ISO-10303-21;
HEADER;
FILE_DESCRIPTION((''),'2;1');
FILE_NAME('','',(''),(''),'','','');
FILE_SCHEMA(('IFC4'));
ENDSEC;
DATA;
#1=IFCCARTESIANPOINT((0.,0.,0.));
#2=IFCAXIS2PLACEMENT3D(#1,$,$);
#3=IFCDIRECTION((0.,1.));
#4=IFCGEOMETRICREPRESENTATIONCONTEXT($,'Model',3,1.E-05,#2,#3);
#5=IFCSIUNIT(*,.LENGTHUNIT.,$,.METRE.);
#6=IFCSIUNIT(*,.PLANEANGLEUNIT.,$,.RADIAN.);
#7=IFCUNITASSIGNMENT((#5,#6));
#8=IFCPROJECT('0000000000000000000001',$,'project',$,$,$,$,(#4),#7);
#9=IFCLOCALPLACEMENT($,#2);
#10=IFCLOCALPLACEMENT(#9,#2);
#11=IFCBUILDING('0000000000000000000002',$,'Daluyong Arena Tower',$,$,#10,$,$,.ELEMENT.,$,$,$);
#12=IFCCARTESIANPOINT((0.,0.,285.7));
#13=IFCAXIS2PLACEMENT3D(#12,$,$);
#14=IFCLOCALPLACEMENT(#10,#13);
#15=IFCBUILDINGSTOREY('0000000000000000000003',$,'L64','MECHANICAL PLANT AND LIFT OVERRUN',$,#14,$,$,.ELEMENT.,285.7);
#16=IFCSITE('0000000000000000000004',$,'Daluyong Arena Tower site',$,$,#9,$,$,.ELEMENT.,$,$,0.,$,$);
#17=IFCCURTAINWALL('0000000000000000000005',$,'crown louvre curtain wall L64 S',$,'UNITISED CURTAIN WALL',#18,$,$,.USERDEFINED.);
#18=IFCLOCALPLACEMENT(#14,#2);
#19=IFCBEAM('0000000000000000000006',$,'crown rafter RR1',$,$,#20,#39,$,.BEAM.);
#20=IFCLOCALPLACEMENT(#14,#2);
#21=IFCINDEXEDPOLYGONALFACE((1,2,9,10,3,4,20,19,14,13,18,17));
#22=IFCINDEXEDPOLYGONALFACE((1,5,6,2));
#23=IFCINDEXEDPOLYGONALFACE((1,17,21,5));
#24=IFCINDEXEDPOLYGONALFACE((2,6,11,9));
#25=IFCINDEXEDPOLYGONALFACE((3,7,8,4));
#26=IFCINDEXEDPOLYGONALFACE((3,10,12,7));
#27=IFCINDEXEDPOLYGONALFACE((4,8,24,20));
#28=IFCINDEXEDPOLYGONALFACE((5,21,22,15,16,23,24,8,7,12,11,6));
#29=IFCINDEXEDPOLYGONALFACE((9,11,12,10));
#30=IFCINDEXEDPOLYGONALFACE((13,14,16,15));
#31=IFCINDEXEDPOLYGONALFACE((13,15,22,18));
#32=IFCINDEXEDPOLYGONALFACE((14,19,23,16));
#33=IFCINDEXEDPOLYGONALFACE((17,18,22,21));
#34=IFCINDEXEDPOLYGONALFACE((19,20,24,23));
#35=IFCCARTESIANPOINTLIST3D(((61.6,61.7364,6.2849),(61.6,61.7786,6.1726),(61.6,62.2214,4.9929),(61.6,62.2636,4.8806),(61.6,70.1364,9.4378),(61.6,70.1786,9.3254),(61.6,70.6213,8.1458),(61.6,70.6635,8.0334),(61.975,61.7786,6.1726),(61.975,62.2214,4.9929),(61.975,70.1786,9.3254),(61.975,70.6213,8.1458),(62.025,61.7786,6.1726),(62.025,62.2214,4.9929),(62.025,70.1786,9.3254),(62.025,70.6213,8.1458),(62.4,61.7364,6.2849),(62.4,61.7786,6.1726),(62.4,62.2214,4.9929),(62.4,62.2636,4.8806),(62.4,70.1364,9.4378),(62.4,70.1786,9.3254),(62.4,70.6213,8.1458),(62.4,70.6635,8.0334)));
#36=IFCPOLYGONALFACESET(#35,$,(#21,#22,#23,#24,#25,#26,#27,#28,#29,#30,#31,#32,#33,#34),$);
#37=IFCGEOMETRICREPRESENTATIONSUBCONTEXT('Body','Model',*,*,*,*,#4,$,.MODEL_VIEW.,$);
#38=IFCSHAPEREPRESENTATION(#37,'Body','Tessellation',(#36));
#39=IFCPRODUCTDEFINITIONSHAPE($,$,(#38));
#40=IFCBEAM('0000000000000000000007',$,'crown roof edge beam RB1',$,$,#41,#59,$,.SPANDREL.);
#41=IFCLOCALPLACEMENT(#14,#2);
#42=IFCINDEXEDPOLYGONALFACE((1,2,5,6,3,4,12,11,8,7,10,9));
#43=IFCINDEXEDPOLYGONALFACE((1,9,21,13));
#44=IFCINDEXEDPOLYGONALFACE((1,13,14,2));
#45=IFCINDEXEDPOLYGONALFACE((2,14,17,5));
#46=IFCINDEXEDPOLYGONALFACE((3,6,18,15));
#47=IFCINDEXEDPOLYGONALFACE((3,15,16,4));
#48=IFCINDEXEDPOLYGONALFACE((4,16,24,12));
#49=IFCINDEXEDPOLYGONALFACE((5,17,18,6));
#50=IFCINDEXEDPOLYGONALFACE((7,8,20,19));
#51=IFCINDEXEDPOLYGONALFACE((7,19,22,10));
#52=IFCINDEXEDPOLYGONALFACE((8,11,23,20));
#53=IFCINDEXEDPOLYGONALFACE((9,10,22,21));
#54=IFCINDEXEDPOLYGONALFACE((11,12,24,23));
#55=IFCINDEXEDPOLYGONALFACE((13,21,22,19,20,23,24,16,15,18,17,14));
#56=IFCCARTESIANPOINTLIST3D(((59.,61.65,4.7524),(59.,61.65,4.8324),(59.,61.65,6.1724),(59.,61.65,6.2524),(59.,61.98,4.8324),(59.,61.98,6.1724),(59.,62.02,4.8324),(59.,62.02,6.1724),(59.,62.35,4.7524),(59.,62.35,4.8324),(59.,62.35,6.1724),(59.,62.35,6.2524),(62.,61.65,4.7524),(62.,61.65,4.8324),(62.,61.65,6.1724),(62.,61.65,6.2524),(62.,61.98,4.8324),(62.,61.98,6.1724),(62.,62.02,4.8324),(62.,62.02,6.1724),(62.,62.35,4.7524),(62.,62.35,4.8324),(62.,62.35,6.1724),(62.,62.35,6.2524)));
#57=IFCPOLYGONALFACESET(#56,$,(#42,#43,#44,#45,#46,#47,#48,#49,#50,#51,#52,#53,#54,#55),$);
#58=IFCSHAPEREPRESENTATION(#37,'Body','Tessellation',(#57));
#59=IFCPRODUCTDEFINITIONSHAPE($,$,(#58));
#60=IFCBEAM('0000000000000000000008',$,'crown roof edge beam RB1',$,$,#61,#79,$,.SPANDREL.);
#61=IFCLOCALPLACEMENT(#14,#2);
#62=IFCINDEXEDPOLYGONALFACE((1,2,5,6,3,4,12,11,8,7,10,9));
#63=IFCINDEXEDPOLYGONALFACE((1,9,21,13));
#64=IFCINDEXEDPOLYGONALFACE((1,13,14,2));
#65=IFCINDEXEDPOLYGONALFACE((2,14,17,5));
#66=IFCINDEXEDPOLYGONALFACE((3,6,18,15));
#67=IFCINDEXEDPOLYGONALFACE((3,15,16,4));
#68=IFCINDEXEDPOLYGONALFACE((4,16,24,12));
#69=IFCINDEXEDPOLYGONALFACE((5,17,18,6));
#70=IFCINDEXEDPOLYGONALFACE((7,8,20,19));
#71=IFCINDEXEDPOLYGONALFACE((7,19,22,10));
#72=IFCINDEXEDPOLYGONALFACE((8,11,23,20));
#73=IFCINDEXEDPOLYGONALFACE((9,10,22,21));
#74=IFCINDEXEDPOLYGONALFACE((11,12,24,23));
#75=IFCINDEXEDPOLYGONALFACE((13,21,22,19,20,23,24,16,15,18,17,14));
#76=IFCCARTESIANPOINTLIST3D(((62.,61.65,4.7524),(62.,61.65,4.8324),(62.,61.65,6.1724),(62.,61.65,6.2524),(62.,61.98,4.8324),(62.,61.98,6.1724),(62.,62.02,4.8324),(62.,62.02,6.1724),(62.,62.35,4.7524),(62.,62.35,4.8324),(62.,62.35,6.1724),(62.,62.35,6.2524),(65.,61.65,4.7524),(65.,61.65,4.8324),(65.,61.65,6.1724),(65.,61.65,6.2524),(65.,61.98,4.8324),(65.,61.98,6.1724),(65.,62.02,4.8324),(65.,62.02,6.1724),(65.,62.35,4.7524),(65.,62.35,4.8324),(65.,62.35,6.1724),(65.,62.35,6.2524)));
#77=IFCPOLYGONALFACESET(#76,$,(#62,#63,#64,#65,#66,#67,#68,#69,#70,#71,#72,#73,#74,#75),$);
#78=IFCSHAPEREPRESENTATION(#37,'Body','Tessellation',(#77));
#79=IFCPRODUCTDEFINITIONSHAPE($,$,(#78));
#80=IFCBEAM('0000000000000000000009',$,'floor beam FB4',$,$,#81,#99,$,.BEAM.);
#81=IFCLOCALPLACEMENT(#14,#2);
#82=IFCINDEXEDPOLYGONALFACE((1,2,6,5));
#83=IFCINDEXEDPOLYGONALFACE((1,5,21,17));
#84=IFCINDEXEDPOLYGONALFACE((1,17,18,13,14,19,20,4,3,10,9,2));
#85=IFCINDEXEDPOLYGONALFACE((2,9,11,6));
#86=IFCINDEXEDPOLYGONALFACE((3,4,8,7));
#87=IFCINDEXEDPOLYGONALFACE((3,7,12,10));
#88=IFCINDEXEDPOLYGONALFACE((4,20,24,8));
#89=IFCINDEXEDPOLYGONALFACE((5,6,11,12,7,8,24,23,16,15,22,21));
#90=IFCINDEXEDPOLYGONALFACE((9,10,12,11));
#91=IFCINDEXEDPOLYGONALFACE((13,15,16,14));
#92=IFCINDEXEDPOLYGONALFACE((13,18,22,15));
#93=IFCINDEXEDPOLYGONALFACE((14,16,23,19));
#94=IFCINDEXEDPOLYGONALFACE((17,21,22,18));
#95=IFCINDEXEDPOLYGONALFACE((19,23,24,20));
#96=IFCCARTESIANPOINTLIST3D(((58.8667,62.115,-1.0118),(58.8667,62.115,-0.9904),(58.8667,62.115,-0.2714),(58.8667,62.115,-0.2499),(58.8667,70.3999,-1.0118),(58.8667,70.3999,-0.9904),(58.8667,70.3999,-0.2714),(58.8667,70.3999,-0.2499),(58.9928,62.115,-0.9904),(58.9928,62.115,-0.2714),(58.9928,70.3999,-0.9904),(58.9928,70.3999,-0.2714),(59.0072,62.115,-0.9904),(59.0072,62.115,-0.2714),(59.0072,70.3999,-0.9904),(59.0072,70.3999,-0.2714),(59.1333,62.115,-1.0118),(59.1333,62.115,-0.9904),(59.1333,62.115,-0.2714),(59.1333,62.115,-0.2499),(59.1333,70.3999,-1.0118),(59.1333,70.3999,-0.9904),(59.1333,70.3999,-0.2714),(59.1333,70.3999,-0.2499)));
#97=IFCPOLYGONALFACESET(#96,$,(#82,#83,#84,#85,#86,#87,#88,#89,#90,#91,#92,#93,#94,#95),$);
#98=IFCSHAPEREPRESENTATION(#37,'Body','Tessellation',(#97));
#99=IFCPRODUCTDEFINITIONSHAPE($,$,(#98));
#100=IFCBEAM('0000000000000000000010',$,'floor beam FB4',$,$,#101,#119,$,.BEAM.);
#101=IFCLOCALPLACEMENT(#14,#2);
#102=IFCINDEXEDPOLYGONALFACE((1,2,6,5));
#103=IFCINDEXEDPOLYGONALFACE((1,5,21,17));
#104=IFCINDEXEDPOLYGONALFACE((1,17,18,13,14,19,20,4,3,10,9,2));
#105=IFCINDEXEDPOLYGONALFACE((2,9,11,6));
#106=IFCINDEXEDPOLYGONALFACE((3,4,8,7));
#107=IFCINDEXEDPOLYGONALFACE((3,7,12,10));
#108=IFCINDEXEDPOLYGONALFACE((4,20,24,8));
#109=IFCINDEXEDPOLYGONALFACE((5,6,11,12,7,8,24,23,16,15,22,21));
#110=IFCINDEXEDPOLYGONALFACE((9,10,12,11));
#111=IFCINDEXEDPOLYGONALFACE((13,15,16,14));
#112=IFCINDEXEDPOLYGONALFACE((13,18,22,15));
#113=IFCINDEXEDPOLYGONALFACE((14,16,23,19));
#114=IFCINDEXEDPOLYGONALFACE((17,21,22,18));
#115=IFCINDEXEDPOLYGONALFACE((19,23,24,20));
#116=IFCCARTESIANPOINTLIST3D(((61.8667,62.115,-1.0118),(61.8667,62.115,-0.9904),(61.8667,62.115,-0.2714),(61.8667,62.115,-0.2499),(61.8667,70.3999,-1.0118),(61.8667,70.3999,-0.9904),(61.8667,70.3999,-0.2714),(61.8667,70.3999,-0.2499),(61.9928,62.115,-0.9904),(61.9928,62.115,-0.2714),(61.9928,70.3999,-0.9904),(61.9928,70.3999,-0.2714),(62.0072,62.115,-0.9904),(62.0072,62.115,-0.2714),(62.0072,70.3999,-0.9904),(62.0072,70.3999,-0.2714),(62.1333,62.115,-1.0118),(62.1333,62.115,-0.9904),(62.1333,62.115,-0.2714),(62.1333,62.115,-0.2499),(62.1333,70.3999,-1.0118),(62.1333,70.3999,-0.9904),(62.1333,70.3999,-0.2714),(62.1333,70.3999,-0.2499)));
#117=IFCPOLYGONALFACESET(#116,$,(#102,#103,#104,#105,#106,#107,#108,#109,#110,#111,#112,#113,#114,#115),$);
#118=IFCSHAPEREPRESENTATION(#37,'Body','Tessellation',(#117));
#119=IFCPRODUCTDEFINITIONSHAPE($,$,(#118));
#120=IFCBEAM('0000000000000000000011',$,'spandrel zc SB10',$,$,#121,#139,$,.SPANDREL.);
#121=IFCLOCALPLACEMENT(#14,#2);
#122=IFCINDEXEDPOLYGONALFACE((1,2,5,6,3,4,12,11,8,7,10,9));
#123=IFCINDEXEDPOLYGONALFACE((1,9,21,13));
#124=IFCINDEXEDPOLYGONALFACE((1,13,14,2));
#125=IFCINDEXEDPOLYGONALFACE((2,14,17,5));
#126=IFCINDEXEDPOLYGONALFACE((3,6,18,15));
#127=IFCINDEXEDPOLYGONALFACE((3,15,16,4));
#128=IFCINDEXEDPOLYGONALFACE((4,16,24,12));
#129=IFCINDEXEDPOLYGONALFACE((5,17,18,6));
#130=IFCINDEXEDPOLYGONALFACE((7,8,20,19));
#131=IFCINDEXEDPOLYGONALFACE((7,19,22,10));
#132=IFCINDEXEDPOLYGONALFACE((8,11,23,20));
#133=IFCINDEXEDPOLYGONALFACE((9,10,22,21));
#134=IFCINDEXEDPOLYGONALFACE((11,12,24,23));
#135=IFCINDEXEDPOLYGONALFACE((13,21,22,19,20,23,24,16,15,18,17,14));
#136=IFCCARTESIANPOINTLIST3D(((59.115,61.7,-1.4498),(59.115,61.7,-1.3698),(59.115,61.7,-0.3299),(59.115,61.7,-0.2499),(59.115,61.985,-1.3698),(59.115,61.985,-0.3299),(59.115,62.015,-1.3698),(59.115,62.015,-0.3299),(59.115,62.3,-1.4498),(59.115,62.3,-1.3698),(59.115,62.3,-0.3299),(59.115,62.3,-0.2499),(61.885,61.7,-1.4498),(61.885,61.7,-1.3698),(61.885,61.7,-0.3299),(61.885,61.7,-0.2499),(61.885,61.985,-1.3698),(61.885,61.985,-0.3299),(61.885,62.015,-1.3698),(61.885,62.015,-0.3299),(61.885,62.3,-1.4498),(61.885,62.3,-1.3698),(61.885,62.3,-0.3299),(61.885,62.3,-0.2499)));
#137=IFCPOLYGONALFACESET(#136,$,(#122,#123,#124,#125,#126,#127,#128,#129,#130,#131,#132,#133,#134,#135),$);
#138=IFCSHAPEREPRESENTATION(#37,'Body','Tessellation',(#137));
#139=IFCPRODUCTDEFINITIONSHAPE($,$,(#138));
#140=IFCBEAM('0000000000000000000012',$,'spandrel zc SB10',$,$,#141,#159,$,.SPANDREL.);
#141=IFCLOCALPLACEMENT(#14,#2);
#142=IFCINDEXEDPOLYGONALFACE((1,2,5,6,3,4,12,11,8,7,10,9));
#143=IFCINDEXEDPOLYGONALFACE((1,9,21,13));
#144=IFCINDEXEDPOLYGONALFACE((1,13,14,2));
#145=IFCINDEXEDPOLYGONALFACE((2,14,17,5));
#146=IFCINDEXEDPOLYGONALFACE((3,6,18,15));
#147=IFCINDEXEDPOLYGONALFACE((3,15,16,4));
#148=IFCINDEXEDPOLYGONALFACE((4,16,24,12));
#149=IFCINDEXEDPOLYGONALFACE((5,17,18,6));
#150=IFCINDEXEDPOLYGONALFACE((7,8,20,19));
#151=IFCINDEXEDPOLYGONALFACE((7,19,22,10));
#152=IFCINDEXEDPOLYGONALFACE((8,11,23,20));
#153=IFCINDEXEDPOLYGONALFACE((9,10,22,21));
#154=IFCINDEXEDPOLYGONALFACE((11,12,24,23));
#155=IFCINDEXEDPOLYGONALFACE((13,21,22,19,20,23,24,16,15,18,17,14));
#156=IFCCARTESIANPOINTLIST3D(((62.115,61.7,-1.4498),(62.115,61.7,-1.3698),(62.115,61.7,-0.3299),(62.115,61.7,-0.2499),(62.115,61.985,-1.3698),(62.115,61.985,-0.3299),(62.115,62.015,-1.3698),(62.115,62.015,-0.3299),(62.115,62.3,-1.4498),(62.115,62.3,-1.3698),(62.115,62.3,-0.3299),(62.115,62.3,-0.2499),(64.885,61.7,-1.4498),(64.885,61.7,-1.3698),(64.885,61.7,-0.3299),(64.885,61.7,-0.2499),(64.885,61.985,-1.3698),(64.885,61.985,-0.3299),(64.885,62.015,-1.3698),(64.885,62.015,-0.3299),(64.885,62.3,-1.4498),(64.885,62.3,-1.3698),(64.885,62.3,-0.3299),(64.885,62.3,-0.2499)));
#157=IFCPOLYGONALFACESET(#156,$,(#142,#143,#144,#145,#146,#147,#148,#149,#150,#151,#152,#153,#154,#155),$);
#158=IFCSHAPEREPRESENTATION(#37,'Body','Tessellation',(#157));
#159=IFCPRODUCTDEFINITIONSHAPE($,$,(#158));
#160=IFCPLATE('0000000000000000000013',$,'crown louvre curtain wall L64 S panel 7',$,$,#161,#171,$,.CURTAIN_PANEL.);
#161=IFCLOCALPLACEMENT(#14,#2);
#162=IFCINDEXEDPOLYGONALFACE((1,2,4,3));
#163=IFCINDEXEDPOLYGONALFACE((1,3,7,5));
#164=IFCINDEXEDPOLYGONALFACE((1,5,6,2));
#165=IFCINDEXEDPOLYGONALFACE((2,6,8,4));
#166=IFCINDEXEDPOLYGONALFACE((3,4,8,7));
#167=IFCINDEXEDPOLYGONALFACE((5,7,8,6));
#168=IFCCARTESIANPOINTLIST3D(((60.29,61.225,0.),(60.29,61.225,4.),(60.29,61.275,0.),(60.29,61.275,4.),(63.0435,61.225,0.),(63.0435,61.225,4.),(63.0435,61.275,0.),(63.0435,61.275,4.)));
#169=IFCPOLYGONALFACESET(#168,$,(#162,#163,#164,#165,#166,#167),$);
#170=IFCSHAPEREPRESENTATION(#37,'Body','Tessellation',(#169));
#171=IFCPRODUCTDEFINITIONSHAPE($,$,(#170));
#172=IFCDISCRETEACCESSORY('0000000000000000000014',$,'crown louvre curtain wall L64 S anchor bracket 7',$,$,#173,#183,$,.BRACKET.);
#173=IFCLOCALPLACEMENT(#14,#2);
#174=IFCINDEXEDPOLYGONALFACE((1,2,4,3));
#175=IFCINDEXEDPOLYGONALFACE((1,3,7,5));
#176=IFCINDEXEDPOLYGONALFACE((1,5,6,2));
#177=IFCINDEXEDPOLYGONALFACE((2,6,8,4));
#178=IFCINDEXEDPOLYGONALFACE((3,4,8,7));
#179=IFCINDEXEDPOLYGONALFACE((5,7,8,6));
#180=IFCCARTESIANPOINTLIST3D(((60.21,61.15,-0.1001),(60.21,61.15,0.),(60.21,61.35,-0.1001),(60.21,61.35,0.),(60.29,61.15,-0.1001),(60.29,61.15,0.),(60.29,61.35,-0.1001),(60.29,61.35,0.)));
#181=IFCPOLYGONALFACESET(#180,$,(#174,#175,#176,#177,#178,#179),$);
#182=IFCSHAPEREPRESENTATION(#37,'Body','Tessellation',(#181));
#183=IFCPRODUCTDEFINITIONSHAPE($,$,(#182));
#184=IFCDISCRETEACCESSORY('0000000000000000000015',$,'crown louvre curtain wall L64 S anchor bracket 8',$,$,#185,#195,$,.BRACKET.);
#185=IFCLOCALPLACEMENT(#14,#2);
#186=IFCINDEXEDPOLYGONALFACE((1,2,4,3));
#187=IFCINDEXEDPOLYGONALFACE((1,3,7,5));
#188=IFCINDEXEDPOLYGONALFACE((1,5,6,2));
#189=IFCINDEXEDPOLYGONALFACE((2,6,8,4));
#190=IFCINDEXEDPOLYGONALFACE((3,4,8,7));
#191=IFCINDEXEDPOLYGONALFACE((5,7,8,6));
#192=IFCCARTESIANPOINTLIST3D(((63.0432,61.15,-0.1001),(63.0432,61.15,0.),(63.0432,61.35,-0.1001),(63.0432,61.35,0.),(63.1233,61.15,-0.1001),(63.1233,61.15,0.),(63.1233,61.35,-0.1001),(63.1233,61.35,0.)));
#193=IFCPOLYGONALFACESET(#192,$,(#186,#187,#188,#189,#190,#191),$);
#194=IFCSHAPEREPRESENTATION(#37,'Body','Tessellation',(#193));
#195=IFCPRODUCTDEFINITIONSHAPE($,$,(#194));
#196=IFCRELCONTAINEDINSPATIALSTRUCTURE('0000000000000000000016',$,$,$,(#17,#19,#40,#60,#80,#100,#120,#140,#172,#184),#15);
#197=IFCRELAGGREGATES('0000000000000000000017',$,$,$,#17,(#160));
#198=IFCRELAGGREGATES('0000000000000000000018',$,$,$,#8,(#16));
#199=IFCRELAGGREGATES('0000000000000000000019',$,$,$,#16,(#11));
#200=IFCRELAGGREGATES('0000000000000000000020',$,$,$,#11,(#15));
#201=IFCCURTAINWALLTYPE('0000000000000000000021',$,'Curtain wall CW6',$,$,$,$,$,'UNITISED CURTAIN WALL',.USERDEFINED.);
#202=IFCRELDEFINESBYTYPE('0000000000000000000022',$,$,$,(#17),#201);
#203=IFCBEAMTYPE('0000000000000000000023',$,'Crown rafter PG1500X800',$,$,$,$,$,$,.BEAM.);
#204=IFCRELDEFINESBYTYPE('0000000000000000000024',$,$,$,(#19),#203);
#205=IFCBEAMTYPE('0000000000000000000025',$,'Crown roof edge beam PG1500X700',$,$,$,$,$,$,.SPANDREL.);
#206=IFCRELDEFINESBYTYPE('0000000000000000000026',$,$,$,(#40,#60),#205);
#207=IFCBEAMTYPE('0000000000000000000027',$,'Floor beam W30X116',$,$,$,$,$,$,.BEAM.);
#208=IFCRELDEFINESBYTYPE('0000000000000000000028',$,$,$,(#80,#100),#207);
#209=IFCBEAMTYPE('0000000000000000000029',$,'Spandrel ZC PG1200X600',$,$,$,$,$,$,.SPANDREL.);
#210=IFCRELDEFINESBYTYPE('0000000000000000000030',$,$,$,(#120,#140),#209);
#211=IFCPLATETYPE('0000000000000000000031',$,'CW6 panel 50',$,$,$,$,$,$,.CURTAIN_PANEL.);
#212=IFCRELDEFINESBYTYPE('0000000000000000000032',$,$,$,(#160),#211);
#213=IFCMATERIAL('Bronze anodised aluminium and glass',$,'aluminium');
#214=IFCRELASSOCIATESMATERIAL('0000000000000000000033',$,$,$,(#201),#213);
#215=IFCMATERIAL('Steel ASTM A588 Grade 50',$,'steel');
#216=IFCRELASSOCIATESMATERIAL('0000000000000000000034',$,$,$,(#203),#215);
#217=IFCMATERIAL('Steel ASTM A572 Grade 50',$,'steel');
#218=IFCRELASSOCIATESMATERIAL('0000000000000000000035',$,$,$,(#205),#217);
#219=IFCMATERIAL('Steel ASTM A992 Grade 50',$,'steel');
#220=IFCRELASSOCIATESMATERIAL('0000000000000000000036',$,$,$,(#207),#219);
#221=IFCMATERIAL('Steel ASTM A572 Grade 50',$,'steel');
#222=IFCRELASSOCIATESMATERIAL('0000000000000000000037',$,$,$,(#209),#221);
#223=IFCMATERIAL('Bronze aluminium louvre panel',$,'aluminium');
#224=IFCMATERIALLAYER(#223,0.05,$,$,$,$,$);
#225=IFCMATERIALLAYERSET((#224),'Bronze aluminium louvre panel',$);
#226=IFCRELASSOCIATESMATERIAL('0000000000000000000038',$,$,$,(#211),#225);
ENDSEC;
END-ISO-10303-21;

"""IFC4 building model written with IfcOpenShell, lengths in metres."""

from ifc_helpers import new_model, si_unit, direction, frame, origin, origin_2d, place, context, subcontext, project, spatial, rectangle, i_section, extrude, material, layer, layer_set, material_profile, profile_set, type_object, element, aggregate, save


model = new_model("IFC4")

# Units and contexts
model_context = context("Model", 3, precision=1e-05, world=origin(), true_north=direction((0.0, 1.0)))
body_context = subcontext(model_context, "Body", "Model", "MODEL_VIEW")
ifc_project = project(units=[si_unit("LENGTHUNIT", "METRE"), si_unit("PLANEANGLEUNIT", "RADIAN")], contexts=[model_context])

# Site, building, storey
site_placement = place(None, origin())
site = spatial("IfcSite", under=ifc_project, at=site_placement, Name="Daluyong Arena Tower site", CompositionType="ELEMENT", RefElevation=0.0)
building_placement = place(site_placement, origin())
building = spatial("IfcBuilding", under=site, at=building_placement, Name="Daluyong Arena Tower", CompositionType="ELEMENT")
storey_placement = place(building_placement, frame((0.0, 0.0, 285.7)))
storey = spatial("IfcBuildingStorey", under=building, at=storey_placement, Name="L64", Description="MECHANICAL PLANT AND LIFT OVERRUN", CompositionType="ELEMENT", Elevation=285.7)

# Curtain wall
ifc_material_1 = material(Name="Bronze anodised aluminium and glass", Category="aluminium")
curtain_wall_type = type_object("IfcCurtainWallType", Name="Curtain wall CW6", ElementType="UNITISED CURTAIN WALL", PredefinedType="USERDEFINED", material=ifc_material_1)
curtain_wall_placement = place(storey_placement, origin())
curtain_wall = element("IfcCurtainWall", 1, at=curtain_wall_placement, inside=storey, type_object=curtain_wall_type, Name="crown louvre curtain wall L64 S", ObjectType="UNITISED CURTAIN WALL", PredefinedType="USERDEFINED")

# Beams
ifc_material_2 = material(Name="Steel ASTM A588 Grade 50", Category="steel")
ifc_material_profile_1 = material_profile(ifc_material_2, i_section(OverallWidth=0.8, OverallDepth=1.5, WebThickness=0.05, FlangeThickness=0.12, at=origin_2d()))
ifc_profile_set_1 = profile_set([ifc_material_profile_1], Name="Steel ASTM A588 Grade 50")
beam_type_1 = type_object("IfcBeamType", Name="Crown rafter PG1500X800", PredefinedType="BEAM", material=ifc_profile_set_1)
for number, where, z_axis, x_axis, name in (
    (2, (62.0, 62.0, 5.5828), (0.0, 0.936224, 0.351404), (-1.0, 0.0, 0.0), "crown rafter RR1"),
):
    element("IfcBeam", number, at=place(storey_placement, frame(where, z_axis=z_axis, x_axis=x_axis)), inside=storey, type_object=beam_type_1, Name=name, PredefinedType="BEAM", context=body_context, shape_type="SweptSolid", body=[
        extrude(i_section(OverallWidth=0.8, OverallDepth=1.5, WebThickness=0.05, FlangeThickness=0.12, at=origin_2d()), origin(), (0.0, 0.0, 1.0), 8.9722),
    ])
ifc_material_3 = material(Name="Steel ASTM A572 Grade 50", Category="steel")
ifc_material_profile_2 = material_profile(ifc_material_3, i_section(OverallWidth=0.7, OverallDepth=1.5, WebThickness=0.04, FlangeThickness=0.08, at=origin_2d()))
ifc_profile_set_2 = profile_set([ifc_material_profile_2], Name="Steel ASTM A572 Grade 50")
beam_type_2 = type_object("IfcBeamType", Name="Crown roof edge beam PG1500X700", PredefinedType="SPANDREL", material=ifc_profile_set_2)
for number, where, z_axis, x_axis, name in (
    (3, (59.0, 62.0, 5.5024), (1.0, 0.0, 0.0), (0.0, 1.0, 0.0), "crown roof edge beam RB1"),
    (4, (62.0, 62.0, 5.5024), (1.0, 0.0, 0.0), (0.0, 1.0, 0.0), "crown roof edge beam RB1"),
):
    element("IfcBeam", number, at=place(storey_placement, frame(where, z_axis=z_axis, x_axis=x_axis)), inside=storey, type_object=beam_type_2, Name=name, PredefinedType="SPANDREL", context=body_context, shape_type="SweptSolid", body=[
        extrude(i_section(OverallWidth=0.7, OverallDepth=1.5, WebThickness=0.04, FlangeThickness=0.08, at=origin_2d()), origin(), (0.0, 0.0, 1.0), 3.0),
    ])
ifc_material_4 = material(Name="Steel ASTM A992 Grade 50", Category="steel")
ifc_material_profile_3 = material_profile(ifc_material_4, i_section(OverallWidth=0.2666, OverallDepth=0.762, WebThickness=0.0144, FlangeThickness=0.0215, at=origin_2d()))
ifc_profile_set_3 = profile_set([ifc_material_profile_3], Name="Steel ASTM A992 Grade 50")
beam_type_3 = type_object("IfcBeamType", Name="Floor beam W30X116", PredefinedType="BEAM", material=ifc_profile_set_3)
for number, where, z_axis, x_axis, name in (
    (5, (59.0, 62.115, -0.6309), (0.0, 1.0, 0.0), (-1.0, 0.0, 0.0), "floor beam FB4"),
    (6, (62.0, 62.115, -0.6309), (0.0, 1.0, 0.0), (-1.0, 0.0, 0.0), "floor beam FB4"),
):
    element("IfcBeam", number, at=place(storey_placement, frame(where, z_axis=z_axis, x_axis=x_axis)), inside=storey, type_object=beam_type_3, Name=name, PredefinedType="BEAM", context=body_context, shape_type="SweptSolid", body=[
        extrude(i_section(OverallWidth=0.2666, OverallDepth=0.762, WebThickness=0.0144, FlangeThickness=0.0215, at=origin_2d()), origin(), (0.0, 0.0, 1.0), 8.2849),
    ])
ifc_material_5 = material(Name="Steel ASTM A572 Grade 50", Category="steel")
ifc_material_profile_4 = material_profile(ifc_material_5, i_section(OverallWidth=0.6001, OverallDepth=1.2, WebThickness=0.03, FlangeThickness=0.08, at=origin_2d()))
ifc_profile_set_4 = profile_set([ifc_material_profile_4], Name="Steel ASTM A572 Grade 50")
beam_type_4 = type_object("IfcBeamType", Name="Spandrel ZC PG1200X600", PredefinedType="SPANDREL", material=ifc_profile_set_4)
for number, where, z_axis, x_axis, name in (
    (7, (59.115, 62.0, -0.8499), (1.0, 0.0, 0.0), (0.0, 1.0, 0.0), "spandrel zc SB10"),
    (8, (62.115, 62.0, -0.8499), (1.0, 0.0, 0.0), (0.0, 1.0, 0.0), "spandrel zc SB10"),
):
    element("IfcBeam", number, at=place(storey_placement, frame(where, z_axis=z_axis, x_axis=x_axis)), inside=storey, type_object=beam_type_4, Name=name, PredefinedType="SPANDREL", context=body_context, shape_type="SweptSolid", body=[
        extrude(i_section(OverallWidth=0.6001, OverallDepth=1.2, WebThickness=0.03, FlangeThickness=0.08, at=origin_2d()), origin(), (0.0, 0.0, 1.0), 2.77),
    ])

# Plate
ifc_material_6 = material(Name="Bronze aluminium louvre panel", Category="aluminium")
ifc_layer = layer(ifc_material_6, 0.05)
ifc_layer_set = layer_set([ifc_layer], Name="Bronze aluminium louvre panel")
plate_type = type_object("IfcPlateType", Name="CW6 panel 50", PredefinedType="CURTAIN_PANEL", material=ifc_layer_set)
plate_placement = place(storey_placement, frame((61.6667, 61.25, 0.0), z_axis=(0.0, 0.0, 1.0), x_axis=(1.0, 0.0, 0.0)))
plate = element("IfcPlate", 9, at=plate_placement, type_object=plate_type, Name="crown louvre curtain wall L64 S panel 7", PredefinedType="CURTAIN_PANEL", context=body_context, shape_type="SweptSolid", body=[
    extrude(rectangle(XDim=2.7534, YDim=0.05, at=origin_2d()), origin(), (0.0, 0.0, 1.0), 4.0),
])
aggregate(curtain_wall, [plate])

# Discrete accessories
for number, where, z_axis, x_axis, name in (
    (10, (60.25, 61.25, -0.1001), (0.0, 0.0, 1.0), (1.0, 0.0, 0.0), "crown louvre curtain wall L64 S anchor bracket 7"),
    (11, (63.0833, 61.25, -0.1001), (0.0, 0.0, 1.0), (1.0, 0.0, 0.0), "crown louvre curtain wall L64 S anchor bracket 8"),
):
    element("IfcDiscreteAccessory", number, at=place(storey_placement, frame(where, z_axis=z_axis, x_axis=x_axis)), inside=storey, Name=name, PredefinedType="BRACKET", context=body_context, shape_type="SweptSolid", body=[
        extrude(rectangle(XDim=0.0801, YDim=0.2, at=origin_2d()), origin(), (0.0, 0.0, 1.0), 0.1001),
    ])

save(model, "model.ifc")
